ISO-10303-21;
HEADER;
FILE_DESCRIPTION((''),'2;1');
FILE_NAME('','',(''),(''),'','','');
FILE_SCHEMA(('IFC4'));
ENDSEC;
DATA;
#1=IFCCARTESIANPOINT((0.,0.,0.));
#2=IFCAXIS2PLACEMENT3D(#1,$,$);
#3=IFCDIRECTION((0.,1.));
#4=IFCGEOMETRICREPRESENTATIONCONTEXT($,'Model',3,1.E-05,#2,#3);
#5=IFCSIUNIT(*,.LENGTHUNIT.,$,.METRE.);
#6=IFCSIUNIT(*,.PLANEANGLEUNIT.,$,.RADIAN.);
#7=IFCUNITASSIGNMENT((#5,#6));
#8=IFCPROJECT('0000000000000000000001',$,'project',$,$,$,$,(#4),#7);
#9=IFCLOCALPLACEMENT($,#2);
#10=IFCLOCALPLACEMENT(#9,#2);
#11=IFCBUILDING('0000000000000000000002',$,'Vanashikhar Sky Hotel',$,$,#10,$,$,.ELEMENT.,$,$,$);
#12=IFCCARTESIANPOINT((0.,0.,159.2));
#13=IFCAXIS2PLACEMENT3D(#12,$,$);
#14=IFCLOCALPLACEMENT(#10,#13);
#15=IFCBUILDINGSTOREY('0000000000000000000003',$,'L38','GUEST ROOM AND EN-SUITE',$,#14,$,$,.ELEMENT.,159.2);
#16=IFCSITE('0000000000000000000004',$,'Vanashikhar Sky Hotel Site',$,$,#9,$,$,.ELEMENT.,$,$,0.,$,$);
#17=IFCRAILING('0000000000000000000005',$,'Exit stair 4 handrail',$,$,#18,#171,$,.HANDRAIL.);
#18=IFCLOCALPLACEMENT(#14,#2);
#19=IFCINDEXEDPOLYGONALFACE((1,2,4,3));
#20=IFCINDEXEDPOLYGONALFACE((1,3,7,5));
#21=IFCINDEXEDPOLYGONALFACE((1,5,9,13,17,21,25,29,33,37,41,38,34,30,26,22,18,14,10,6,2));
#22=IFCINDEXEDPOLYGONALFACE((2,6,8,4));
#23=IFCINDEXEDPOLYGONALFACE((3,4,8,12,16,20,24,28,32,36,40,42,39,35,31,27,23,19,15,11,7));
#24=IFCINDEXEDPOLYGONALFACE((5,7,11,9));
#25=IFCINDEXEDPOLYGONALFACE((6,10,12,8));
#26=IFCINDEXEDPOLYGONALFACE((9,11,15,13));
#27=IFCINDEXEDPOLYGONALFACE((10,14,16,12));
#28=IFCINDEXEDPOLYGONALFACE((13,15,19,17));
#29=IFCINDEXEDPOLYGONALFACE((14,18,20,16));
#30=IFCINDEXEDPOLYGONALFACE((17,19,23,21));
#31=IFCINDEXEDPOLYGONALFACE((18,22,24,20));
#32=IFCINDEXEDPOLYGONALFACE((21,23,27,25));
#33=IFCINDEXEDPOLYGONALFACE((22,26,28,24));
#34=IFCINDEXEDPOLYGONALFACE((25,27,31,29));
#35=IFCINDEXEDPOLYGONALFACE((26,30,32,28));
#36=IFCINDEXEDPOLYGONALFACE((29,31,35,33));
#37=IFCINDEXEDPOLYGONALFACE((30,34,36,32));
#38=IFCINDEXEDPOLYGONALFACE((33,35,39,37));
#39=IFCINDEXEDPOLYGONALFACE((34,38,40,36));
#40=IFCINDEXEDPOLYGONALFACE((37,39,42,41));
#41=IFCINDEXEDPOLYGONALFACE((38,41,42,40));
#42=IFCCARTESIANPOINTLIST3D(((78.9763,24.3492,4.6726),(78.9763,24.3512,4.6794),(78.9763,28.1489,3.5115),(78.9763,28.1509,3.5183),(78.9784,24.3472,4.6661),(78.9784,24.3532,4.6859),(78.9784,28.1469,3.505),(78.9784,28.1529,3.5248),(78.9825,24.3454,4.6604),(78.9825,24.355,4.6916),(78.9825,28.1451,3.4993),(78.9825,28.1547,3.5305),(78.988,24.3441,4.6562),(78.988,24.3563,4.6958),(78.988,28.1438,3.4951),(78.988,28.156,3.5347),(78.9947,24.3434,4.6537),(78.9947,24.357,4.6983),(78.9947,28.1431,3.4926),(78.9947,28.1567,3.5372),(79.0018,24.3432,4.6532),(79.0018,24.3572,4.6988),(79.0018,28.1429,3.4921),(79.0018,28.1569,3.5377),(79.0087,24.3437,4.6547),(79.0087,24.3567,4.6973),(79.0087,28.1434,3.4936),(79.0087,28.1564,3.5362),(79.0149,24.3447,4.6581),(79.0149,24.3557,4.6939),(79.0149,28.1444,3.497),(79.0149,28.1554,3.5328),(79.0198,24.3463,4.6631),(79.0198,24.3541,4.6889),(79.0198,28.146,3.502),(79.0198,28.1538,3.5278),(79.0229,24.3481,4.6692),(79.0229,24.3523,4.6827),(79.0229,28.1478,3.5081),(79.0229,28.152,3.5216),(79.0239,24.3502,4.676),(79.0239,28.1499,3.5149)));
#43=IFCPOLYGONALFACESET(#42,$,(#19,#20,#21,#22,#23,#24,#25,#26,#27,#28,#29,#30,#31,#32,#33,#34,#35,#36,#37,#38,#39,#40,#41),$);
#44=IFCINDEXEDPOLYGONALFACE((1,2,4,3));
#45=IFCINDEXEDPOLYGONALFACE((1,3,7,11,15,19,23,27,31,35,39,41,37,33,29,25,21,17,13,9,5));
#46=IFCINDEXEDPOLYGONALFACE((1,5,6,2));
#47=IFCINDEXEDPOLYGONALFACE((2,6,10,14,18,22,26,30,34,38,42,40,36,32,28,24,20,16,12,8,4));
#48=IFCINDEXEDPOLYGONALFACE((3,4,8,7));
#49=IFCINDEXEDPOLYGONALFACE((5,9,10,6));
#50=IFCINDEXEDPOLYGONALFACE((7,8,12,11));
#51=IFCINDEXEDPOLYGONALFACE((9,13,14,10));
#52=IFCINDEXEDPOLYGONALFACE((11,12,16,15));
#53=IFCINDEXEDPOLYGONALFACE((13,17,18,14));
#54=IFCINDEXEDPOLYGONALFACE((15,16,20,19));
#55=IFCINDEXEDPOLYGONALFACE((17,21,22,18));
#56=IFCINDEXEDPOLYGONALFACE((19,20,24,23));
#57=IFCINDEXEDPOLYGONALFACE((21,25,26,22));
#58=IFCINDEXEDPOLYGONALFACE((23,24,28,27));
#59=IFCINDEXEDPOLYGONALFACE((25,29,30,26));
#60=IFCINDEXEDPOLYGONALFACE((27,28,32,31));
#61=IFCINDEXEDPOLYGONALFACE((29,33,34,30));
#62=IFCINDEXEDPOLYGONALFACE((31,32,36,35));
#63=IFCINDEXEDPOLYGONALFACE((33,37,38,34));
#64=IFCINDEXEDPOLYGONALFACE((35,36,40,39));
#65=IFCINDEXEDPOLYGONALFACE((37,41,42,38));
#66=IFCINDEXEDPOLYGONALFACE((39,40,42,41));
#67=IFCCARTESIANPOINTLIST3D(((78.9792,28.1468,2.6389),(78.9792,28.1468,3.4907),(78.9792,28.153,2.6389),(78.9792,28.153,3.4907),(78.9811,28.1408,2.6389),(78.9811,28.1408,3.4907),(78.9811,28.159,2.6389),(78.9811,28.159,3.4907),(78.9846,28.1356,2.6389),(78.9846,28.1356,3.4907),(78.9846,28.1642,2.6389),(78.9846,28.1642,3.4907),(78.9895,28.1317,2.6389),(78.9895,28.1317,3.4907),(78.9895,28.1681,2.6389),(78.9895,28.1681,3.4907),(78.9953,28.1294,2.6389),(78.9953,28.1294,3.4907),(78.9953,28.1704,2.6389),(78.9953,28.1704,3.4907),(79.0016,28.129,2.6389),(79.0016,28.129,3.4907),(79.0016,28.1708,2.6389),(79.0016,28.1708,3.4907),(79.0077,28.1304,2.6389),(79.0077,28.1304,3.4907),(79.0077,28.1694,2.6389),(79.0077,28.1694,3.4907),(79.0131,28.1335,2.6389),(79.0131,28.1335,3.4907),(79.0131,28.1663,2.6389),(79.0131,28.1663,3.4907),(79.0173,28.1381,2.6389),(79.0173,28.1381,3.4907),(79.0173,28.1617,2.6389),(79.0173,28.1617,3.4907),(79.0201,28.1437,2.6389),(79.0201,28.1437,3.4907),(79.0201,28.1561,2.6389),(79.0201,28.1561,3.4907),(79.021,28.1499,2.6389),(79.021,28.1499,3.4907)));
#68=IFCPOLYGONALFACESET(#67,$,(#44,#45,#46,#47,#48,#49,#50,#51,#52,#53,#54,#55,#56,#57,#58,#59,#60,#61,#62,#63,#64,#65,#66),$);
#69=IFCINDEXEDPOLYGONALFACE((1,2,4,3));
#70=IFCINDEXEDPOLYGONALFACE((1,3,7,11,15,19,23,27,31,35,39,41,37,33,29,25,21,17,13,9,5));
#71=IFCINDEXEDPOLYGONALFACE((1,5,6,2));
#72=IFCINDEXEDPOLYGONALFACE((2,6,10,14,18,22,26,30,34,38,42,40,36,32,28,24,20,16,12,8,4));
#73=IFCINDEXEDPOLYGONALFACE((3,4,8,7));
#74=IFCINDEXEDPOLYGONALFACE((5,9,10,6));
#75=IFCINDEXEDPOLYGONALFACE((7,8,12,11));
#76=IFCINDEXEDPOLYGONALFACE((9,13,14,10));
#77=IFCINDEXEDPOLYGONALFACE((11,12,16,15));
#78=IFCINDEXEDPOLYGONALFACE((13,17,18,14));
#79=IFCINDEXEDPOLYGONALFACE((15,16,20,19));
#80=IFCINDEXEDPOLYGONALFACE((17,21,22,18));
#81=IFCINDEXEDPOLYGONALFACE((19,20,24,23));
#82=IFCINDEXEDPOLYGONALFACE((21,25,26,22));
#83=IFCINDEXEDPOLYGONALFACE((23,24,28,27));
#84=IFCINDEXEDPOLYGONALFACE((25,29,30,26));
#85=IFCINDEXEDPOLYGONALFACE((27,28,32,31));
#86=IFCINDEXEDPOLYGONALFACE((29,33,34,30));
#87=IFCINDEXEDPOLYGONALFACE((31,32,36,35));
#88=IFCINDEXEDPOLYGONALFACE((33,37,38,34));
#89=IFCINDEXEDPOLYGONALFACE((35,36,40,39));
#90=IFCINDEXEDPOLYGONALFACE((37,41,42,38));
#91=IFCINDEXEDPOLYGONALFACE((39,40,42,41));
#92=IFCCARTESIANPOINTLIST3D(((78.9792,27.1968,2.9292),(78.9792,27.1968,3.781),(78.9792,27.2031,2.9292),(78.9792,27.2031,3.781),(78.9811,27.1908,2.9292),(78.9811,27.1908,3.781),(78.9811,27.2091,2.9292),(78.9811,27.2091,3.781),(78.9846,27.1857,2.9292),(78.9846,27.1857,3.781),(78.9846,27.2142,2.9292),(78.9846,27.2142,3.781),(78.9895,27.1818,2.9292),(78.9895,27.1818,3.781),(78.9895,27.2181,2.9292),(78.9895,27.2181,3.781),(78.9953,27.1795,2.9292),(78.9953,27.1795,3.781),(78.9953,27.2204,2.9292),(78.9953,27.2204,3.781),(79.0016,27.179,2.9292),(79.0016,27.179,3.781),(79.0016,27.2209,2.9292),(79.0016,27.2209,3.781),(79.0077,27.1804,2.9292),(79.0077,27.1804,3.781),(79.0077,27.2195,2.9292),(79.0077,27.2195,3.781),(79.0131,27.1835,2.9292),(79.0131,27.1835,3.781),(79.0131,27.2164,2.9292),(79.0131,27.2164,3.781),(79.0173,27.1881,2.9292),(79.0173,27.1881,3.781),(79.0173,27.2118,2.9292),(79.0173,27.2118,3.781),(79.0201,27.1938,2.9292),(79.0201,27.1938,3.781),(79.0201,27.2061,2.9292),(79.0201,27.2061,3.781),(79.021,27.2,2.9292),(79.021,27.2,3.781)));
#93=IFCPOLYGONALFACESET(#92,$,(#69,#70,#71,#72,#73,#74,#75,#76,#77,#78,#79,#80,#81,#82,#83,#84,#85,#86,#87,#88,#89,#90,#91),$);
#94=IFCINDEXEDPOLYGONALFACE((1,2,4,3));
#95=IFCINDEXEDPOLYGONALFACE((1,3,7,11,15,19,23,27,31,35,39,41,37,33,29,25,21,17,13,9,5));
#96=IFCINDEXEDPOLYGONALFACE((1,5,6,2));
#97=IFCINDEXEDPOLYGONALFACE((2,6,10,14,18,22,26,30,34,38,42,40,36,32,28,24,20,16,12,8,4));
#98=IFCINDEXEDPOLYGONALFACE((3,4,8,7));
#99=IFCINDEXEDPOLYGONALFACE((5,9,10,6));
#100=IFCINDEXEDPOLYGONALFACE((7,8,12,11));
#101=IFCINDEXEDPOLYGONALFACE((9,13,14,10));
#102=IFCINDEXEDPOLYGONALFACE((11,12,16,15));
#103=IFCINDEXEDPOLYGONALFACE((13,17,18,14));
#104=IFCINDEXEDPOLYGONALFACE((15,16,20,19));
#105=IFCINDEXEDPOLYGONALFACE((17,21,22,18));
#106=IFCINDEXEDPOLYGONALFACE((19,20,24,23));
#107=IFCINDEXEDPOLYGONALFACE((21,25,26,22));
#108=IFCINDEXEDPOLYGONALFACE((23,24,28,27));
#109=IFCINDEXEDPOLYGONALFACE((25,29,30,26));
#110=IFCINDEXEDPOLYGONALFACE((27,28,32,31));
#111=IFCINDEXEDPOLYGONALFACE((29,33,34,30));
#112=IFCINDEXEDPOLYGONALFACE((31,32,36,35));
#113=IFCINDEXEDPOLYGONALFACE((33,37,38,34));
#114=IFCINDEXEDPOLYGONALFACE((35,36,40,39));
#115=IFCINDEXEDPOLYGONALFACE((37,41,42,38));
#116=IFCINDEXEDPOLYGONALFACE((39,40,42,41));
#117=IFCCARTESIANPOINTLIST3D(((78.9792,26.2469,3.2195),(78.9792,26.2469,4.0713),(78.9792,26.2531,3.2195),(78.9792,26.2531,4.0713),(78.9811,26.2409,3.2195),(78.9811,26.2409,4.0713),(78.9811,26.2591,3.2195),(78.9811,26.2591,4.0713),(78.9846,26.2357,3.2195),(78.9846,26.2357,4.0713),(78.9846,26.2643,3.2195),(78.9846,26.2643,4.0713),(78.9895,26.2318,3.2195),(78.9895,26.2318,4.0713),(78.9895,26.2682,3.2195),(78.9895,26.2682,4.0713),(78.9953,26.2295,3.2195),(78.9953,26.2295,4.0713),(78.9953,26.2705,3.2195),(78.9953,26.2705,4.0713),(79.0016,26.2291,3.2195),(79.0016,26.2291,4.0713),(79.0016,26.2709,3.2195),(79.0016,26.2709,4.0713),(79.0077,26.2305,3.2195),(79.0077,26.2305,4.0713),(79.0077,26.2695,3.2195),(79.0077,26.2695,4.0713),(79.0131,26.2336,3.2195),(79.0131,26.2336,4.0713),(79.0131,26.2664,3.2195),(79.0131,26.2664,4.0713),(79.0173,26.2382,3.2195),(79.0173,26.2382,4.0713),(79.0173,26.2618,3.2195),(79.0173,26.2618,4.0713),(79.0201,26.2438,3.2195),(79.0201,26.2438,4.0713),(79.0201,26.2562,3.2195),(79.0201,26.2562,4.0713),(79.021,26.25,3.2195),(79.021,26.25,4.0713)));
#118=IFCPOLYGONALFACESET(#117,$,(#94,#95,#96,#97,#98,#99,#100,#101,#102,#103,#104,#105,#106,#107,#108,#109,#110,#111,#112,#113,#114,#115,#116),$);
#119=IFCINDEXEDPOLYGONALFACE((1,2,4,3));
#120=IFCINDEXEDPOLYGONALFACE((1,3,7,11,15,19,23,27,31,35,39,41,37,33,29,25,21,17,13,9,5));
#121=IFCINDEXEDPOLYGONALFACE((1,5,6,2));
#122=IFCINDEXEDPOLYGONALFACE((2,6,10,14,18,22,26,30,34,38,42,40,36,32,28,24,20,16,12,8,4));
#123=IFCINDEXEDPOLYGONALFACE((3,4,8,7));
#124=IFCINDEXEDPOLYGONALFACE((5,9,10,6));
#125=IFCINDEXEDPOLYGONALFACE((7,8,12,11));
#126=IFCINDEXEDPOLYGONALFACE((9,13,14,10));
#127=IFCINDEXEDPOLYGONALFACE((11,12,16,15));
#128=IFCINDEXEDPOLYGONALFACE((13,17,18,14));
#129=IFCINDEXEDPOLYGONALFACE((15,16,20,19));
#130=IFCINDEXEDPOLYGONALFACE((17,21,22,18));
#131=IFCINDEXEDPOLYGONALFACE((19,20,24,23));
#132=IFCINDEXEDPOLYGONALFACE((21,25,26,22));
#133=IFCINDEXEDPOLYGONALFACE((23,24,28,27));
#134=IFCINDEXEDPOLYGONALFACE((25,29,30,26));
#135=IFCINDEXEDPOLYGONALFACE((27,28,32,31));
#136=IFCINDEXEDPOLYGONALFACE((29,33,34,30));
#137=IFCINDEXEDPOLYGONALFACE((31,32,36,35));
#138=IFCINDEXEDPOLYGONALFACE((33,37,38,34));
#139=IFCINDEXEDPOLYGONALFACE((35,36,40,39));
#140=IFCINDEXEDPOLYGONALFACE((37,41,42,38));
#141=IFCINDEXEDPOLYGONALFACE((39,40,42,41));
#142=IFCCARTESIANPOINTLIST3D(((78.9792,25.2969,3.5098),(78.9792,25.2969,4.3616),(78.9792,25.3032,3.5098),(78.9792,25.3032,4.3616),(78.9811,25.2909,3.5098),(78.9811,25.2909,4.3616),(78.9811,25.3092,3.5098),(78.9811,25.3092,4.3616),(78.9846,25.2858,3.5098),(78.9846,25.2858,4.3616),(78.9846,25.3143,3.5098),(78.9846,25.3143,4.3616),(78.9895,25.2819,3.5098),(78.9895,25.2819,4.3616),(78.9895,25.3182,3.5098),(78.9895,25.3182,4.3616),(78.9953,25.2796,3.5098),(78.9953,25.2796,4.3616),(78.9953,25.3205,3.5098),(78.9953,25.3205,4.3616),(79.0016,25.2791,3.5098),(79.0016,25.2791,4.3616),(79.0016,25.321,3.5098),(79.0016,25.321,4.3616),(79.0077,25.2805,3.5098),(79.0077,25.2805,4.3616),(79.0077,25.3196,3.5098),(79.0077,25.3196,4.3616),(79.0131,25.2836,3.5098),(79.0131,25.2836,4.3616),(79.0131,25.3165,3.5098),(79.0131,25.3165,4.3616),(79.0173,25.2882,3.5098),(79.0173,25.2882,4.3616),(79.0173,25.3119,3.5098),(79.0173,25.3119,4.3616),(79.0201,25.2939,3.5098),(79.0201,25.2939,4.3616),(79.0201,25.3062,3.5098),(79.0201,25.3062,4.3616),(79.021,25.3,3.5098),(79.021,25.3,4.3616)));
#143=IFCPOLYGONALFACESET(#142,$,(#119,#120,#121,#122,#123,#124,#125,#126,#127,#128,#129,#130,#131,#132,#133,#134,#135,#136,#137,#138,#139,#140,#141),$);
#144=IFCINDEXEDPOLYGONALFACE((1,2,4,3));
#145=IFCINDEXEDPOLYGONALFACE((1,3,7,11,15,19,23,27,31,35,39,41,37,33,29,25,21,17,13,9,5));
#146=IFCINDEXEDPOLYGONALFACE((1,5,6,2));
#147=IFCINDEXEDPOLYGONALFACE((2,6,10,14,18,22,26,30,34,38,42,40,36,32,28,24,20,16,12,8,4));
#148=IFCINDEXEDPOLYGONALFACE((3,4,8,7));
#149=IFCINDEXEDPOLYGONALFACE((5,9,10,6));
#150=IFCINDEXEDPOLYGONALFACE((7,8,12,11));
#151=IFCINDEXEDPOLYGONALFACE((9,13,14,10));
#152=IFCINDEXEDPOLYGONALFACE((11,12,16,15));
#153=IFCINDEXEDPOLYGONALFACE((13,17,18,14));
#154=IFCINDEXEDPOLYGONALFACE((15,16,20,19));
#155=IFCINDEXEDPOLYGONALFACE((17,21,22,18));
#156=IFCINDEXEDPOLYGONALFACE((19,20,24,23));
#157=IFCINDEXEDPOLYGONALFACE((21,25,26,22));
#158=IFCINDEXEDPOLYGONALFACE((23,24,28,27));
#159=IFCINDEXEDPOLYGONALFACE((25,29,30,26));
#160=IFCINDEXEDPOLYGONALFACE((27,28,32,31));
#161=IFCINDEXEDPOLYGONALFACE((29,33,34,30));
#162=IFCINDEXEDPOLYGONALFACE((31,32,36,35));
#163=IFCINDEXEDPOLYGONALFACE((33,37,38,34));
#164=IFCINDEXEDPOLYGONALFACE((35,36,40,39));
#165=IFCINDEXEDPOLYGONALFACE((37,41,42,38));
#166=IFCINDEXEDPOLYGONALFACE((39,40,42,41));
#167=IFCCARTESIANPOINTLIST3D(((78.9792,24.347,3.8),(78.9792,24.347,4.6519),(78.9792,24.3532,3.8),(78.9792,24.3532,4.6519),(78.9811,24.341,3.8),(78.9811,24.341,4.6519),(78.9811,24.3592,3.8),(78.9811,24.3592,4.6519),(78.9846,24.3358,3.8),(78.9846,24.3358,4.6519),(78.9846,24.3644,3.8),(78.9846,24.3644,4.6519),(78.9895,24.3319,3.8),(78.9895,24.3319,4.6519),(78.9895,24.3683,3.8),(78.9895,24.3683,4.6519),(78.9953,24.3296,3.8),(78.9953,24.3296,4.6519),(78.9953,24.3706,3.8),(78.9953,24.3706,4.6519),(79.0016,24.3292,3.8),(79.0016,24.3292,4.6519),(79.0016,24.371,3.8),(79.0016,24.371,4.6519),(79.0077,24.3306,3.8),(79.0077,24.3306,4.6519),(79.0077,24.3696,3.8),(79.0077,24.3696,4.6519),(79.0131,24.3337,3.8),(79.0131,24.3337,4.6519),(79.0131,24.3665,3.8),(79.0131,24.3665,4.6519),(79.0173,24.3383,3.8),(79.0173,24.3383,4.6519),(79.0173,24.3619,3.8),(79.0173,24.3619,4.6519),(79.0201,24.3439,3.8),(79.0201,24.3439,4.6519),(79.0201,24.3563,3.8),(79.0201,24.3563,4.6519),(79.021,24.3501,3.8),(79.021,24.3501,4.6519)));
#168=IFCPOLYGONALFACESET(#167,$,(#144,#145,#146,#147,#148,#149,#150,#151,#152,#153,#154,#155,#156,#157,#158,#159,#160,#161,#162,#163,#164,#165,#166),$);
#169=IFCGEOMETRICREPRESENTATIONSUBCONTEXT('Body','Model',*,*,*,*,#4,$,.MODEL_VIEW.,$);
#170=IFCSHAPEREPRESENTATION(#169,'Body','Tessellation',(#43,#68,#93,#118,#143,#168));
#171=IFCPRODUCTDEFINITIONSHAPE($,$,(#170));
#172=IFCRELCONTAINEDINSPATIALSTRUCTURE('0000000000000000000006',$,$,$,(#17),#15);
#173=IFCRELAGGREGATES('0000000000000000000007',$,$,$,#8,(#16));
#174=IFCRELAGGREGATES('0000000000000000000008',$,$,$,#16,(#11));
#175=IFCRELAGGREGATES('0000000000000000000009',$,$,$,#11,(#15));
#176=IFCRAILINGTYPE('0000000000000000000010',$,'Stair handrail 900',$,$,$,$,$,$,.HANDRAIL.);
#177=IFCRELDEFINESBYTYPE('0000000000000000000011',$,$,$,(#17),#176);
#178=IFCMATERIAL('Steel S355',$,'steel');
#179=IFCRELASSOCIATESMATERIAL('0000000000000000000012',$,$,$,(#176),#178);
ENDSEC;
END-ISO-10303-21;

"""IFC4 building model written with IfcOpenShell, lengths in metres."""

from ifc_helpers import new_model, si_unit, direction, frame, origin, origin_2d, place, context, subcontext, project, spatial, circle, extrude, source, transform, mapped, material, type_object, element, save


model = new_model("IFC4")

# Units and contexts
model_context = context("Model", 3, precision=1e-05, world=origin(), true_north=direction((0.0, 1.0)))
body_context = subcontext(model_context, "Body", "Model", "MODEL_VIEW")
ifc_project = project(units=[si_unit("LENGTHUNIT", "METRE"), si_unit("PLANEANGLEUNIT", "RADIAN")], contexts=[model_context])

# Site, building, storey
site_placement = place(None, origin())
site = spatial("IfcSite", under=ifc_project, at=site_placement, Name="Vanashikhar Sky Hotel Site", CompositionType="ELEMENT", RefElevation=0.0)
building_placement = place(site_placement, origin())
building = spatial("IfcBuilding", under=site, at=building_placement, Name="Vanashikhar Sky Hotel", CompositionType="ELEMENT")
storey_placement = place(building_placement, frame((0.0, 0.0, 159.2)))
storey = spatial("IfcBuildingStorey", under=building, at=storey_placement, Name="L38", Description="GUEST ROOM AND EN-SUITE", CompositionType="ELEMENT", Elevation=159.2)

# Railing
ifc_material_1 = material(Name="Steel S355", Category="steel")
railing_type_1 = type_object("IfcRailingType", Name="Stair handrail 900", PredefinedType="HANDRAIL", material=ifc_material_1)
shared_shape_1 = source(origin(), body_context, "Body", "SweptSolid", [
    extrude(circle(Radius=0.0239, at=origin_2d()), frame((0.0, 0.0, 0.876), z_axis=(0.0, -0.956346, 0.292237), x_axis=(1.0, 0.0, 0.0)), (0.0, 0.0, 1.0), 3.9731),
    extrude(circle(Radius=0.021, at=origin_2d()), origin(), (0.0, 0.0, 1.0), 0.8518),
    extrude(circle(Radius=0.021, at=origin_2d()), frame((0.0, -0.95, 0.2903)), (0.0, 0.0, 1.0), 0.8518),
    extrude(circle(Radius=0.021, at=origin_2d()), frame((0.0, -1.8999, 0.5806)), (0.0, 0.0, 1.0), 0.8518),
    extrude(circle(Radius=0.021, at=origin_2d()), frame((0.0, -2.8499, 0.8708)), (0.0, 0.0, 1.0), 0.8518),
    extrude(circle(Radius=0.021, at=origin_2d()), frame((0.0, -3.7998, 1.1611)), (0.0, 0.0, 1.0), 0.8518),
])
railing_1_placement = place(storey_placement, frame((79.0, 28.1499, 2.6389)))
element("IfcRailing", 1, at=railing_1_placement, inside=storey, type_object=railing_type_1, Name="Exit stair 4 handrail", PredefinedType="HANDRAIL", context=body_context, shape_type="MappedRepresentation", body=[
    mapped(shared_shape_1, transform((0.0, 0.0, 0.0), scale=1.0)),
])

save(model, "model.ifc")
